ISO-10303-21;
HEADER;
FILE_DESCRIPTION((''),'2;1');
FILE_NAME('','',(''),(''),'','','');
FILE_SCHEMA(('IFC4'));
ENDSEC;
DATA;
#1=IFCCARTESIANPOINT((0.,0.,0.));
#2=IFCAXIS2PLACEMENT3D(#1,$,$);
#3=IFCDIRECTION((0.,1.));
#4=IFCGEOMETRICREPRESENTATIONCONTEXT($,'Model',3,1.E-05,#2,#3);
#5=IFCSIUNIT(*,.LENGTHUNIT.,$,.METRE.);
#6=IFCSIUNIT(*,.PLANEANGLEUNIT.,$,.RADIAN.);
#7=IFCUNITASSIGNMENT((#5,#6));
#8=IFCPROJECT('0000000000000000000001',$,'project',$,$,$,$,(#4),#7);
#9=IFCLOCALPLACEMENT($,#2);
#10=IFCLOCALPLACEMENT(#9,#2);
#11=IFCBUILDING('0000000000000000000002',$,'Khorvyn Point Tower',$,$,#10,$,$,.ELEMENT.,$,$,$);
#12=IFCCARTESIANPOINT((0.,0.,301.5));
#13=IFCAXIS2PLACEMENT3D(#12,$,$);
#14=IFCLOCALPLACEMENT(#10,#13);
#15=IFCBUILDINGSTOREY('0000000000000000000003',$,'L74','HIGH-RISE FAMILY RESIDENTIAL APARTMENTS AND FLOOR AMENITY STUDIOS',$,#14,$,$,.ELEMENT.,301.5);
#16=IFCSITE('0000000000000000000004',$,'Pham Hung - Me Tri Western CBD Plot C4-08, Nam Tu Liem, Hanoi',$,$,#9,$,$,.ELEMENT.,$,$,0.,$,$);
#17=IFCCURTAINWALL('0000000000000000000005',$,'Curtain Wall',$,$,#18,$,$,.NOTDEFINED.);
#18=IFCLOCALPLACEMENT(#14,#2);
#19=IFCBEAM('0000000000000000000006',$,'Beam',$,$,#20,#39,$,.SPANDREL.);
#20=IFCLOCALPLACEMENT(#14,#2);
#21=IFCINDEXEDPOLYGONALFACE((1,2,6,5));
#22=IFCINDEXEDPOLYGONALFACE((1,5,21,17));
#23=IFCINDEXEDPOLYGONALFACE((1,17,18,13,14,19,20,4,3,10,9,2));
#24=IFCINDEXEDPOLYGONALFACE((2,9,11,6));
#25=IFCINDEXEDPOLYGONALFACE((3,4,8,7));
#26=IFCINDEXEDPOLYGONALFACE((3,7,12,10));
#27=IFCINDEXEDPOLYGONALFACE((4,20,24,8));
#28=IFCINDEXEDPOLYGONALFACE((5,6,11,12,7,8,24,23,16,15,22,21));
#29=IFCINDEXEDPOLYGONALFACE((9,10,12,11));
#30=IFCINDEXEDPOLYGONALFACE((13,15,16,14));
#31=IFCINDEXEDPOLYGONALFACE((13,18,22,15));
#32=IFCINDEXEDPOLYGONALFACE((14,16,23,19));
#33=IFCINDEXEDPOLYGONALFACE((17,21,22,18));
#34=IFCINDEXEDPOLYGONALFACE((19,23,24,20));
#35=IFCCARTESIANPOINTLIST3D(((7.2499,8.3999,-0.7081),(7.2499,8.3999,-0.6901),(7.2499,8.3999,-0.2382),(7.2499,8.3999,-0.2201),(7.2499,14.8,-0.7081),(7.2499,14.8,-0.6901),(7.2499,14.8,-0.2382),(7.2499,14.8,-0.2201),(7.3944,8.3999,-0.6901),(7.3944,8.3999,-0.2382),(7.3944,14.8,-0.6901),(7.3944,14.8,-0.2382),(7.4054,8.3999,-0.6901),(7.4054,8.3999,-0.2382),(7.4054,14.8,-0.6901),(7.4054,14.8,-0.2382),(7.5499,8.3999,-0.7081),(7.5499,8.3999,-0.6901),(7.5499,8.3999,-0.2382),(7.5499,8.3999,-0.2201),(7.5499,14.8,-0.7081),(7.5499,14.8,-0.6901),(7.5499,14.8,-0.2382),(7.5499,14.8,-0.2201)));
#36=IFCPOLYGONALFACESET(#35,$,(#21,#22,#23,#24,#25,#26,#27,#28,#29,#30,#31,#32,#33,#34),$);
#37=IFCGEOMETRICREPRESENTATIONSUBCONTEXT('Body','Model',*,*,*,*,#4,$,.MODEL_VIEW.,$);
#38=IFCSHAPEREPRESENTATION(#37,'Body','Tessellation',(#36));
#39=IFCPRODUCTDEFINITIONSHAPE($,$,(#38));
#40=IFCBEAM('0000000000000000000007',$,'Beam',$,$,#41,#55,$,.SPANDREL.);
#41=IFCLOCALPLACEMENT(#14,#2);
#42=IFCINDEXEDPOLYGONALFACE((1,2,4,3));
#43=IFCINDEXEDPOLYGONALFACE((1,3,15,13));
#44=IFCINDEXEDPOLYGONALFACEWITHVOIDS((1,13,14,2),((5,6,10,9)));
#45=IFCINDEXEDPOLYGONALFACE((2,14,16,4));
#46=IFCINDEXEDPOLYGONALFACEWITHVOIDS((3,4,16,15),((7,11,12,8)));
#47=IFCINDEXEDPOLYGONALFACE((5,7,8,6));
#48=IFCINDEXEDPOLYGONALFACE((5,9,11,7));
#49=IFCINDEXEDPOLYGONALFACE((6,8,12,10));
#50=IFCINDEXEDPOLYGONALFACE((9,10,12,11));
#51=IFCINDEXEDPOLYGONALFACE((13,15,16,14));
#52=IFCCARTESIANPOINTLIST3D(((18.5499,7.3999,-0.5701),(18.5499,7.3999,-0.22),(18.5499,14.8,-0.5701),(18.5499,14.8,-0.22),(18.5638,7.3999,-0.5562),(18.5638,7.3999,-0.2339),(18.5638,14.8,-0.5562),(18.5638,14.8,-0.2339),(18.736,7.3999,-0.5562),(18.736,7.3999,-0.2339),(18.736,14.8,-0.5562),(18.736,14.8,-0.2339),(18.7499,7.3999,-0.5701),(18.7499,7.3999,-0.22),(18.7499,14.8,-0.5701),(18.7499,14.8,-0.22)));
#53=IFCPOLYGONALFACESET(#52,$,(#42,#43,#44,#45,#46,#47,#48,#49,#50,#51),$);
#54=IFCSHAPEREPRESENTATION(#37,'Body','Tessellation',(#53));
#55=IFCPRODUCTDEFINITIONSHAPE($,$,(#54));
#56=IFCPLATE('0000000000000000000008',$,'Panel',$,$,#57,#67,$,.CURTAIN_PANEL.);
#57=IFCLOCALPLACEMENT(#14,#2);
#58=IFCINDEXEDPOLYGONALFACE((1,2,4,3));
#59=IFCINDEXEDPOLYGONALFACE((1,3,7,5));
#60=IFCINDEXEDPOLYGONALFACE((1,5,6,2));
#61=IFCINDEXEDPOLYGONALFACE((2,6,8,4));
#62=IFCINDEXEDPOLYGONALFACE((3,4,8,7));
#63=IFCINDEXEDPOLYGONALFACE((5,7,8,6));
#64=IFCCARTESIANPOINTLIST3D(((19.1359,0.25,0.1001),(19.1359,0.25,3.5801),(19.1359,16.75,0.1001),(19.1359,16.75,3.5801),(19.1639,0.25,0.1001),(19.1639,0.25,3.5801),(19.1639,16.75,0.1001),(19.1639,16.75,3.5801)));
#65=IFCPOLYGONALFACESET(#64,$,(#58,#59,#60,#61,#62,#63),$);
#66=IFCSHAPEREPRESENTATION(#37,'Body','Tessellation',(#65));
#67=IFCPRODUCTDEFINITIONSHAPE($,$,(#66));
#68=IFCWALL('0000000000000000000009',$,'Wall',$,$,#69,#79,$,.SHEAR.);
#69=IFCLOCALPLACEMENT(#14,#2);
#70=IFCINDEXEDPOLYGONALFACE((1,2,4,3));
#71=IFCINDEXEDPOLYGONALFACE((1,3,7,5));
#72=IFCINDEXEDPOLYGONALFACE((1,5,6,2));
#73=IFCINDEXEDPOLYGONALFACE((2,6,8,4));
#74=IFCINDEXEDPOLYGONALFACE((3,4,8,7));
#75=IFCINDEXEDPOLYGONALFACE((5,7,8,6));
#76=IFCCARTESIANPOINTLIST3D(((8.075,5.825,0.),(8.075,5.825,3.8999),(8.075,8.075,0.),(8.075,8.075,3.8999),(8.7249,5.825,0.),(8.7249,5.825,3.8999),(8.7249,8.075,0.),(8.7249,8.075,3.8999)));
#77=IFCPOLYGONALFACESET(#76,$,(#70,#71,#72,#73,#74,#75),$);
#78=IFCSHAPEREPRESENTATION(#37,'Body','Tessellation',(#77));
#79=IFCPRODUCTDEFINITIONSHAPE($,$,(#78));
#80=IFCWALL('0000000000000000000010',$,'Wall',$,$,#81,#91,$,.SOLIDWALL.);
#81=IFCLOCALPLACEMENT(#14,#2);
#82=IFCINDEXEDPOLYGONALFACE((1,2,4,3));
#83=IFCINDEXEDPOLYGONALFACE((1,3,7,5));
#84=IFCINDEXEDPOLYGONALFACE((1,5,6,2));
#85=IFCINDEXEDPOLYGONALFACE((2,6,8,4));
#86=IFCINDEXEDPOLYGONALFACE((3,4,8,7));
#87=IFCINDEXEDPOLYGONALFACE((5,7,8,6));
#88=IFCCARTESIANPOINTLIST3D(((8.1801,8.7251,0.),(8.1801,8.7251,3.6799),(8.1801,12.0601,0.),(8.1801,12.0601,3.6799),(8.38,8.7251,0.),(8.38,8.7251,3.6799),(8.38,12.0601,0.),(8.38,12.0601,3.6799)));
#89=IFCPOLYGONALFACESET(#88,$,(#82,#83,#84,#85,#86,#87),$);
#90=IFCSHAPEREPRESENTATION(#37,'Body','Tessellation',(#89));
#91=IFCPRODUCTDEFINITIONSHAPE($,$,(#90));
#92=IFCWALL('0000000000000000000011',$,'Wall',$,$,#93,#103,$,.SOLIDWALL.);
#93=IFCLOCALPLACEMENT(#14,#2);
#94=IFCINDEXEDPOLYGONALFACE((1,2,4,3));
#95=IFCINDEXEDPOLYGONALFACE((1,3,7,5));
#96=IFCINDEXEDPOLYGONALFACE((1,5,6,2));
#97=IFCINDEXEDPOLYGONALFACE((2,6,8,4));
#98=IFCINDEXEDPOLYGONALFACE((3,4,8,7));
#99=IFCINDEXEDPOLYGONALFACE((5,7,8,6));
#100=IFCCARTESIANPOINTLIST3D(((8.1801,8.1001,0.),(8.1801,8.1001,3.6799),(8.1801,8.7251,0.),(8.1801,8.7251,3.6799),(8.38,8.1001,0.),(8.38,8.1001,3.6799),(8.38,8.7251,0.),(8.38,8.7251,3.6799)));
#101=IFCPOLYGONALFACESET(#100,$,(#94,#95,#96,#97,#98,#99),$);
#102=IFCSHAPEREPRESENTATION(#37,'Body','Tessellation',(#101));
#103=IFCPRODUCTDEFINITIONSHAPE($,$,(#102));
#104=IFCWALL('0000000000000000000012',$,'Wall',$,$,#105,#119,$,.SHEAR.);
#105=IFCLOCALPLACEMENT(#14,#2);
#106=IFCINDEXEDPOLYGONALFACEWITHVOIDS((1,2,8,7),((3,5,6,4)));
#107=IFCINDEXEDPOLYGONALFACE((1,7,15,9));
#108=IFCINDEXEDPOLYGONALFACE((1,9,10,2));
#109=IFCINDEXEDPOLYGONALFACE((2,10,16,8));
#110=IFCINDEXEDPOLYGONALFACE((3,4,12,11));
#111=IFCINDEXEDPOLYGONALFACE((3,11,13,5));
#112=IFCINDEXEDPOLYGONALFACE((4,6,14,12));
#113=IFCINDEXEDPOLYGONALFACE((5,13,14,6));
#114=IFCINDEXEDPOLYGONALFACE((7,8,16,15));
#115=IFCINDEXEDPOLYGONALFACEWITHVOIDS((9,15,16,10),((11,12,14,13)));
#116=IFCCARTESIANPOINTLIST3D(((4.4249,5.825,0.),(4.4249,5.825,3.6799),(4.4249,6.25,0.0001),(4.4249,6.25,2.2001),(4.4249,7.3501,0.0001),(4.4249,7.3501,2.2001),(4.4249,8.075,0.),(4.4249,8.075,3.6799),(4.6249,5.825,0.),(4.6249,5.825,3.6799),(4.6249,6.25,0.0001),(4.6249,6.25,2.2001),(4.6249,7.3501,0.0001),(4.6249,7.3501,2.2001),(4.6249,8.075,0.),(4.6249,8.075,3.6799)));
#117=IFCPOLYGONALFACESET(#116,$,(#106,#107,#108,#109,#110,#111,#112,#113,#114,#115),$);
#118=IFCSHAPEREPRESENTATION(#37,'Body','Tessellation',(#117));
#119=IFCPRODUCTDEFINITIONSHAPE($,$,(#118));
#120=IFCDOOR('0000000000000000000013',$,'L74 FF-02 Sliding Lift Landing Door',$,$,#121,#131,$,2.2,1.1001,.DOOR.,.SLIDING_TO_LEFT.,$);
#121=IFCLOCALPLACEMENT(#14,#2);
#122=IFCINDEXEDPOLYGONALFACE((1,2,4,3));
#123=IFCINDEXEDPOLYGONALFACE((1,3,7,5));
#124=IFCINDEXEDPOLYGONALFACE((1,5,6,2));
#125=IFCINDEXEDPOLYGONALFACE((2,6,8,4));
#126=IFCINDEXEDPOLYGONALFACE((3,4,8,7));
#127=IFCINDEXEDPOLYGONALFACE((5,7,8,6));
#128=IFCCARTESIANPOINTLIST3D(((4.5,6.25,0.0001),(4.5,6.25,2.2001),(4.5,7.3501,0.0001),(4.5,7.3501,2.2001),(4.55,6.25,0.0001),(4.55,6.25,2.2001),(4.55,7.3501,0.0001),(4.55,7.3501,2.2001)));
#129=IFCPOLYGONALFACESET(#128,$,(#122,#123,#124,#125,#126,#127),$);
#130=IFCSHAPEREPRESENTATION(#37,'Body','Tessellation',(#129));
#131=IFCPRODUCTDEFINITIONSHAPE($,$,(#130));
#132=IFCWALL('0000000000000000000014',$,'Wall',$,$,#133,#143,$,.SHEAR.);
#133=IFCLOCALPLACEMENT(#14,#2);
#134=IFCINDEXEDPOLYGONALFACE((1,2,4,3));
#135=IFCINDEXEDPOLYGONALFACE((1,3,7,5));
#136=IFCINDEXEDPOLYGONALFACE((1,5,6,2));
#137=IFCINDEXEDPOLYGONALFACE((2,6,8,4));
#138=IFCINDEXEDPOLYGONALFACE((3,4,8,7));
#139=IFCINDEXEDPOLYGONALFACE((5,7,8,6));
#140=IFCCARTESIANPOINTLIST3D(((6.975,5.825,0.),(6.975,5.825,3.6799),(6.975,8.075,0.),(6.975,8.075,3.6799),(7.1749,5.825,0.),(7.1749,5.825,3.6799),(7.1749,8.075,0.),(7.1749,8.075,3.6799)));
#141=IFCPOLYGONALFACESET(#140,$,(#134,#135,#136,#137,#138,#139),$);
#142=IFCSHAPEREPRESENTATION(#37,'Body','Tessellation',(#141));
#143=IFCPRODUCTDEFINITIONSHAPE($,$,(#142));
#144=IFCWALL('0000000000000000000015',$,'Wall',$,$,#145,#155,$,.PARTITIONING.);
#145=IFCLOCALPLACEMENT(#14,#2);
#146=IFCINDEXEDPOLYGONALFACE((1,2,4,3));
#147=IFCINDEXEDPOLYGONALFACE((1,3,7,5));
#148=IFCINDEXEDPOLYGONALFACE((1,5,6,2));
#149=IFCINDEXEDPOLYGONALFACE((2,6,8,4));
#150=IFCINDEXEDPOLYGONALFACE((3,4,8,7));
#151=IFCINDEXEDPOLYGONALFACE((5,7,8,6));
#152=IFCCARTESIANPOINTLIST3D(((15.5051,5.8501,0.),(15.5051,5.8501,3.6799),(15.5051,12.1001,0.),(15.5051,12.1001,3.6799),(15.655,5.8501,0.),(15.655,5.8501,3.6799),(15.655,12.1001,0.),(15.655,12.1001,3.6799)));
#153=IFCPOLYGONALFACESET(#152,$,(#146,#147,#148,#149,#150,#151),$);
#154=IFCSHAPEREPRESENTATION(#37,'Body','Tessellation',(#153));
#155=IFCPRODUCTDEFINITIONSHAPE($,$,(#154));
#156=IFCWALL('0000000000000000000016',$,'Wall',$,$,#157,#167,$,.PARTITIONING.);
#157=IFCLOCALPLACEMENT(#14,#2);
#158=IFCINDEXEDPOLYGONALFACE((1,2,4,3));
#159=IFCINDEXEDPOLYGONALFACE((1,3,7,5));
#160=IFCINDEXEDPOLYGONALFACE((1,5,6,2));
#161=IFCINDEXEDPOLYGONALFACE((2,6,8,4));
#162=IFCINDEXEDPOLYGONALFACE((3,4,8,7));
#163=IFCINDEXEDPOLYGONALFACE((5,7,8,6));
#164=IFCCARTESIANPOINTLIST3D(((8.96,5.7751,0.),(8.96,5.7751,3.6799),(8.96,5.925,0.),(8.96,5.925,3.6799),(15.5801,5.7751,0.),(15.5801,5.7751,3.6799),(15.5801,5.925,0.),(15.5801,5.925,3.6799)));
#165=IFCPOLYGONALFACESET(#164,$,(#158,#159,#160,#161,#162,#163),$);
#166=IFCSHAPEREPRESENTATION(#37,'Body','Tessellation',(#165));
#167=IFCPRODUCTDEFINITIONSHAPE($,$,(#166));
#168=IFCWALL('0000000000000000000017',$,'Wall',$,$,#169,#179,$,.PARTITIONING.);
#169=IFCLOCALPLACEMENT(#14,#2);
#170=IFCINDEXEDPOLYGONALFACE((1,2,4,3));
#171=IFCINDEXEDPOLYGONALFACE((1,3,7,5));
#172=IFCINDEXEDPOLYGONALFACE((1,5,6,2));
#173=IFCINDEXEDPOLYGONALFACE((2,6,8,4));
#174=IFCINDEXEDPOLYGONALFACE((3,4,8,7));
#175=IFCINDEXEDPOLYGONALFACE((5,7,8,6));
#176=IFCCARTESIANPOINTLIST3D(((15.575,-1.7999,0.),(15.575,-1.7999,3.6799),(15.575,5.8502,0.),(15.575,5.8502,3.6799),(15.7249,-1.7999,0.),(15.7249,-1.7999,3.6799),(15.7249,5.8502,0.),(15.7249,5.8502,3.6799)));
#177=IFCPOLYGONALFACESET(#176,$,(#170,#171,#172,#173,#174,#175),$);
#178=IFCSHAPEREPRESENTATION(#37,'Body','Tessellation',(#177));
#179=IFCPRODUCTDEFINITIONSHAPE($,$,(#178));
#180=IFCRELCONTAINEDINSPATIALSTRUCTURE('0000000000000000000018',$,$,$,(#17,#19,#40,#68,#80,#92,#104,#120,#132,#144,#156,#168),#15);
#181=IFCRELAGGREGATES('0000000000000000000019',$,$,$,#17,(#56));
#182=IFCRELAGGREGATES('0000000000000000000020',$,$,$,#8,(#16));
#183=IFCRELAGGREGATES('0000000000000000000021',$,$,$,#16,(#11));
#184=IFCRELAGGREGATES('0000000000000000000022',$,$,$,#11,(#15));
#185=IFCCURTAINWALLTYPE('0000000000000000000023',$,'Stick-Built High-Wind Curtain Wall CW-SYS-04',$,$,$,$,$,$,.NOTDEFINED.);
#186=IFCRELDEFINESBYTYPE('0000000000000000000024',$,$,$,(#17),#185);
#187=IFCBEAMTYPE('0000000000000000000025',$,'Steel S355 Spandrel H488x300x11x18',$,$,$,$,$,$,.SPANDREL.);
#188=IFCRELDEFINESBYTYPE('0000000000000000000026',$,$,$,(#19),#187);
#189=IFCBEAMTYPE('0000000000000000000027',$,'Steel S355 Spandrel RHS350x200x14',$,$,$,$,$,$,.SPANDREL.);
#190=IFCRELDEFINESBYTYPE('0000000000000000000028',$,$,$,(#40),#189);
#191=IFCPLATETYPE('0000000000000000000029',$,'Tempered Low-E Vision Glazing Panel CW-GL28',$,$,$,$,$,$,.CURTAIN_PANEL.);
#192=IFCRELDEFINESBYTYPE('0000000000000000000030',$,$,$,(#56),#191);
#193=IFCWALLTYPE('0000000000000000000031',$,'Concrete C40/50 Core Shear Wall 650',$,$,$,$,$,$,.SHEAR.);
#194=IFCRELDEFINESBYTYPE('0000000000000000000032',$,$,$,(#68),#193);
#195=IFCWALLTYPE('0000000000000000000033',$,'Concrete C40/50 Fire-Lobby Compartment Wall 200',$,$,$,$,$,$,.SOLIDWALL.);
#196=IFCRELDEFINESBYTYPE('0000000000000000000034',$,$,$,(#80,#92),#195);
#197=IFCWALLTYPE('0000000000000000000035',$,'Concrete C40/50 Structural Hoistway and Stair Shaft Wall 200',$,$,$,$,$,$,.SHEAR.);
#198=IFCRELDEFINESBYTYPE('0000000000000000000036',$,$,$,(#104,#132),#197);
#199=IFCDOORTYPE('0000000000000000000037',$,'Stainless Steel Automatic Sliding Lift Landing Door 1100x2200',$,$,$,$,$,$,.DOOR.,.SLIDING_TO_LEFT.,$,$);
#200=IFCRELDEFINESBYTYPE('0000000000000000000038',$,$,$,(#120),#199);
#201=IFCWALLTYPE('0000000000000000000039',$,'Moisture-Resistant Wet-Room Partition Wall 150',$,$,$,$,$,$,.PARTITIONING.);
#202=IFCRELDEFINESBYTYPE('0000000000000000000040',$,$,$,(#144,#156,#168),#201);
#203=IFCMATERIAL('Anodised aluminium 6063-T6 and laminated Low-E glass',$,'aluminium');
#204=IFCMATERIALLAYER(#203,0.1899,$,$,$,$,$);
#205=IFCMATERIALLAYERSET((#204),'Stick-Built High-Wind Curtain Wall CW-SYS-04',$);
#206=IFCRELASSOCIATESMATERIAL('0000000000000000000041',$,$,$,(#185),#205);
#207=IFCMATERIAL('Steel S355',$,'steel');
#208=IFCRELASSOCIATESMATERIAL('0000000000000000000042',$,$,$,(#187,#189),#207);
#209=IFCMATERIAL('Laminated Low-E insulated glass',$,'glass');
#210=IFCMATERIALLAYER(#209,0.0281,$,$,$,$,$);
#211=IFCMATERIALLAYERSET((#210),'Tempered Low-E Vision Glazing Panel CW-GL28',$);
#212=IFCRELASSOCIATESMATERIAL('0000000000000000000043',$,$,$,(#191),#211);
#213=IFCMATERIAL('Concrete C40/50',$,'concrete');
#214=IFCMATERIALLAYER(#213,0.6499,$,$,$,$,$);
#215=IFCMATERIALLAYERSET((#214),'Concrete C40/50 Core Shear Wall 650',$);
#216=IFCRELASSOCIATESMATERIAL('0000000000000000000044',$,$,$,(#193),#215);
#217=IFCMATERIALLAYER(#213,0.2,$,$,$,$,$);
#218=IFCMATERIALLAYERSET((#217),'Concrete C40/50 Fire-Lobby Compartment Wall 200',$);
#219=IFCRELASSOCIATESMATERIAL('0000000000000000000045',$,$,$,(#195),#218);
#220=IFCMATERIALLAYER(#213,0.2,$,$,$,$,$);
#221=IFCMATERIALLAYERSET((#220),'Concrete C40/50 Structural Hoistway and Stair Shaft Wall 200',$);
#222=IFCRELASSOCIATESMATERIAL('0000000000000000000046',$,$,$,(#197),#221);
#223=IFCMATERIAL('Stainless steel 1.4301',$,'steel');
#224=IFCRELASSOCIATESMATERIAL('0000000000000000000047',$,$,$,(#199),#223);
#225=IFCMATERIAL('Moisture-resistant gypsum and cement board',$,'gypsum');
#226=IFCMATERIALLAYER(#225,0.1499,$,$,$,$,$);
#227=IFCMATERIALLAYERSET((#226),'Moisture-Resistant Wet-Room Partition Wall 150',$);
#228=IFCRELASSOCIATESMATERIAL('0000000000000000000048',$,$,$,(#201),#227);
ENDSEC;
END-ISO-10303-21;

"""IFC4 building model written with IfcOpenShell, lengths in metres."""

from ifc_helpers import new_model, si_unit, direction, frame, frame_2d, origin, origin_2d, place, context, subcontext, project, spatial, rectangle, hollow_rectangle, i_section, extrude, material, layer, layer_set, material_profile, profile_set, type_object, element, fill, aggregate, save


model = new_model("IFC4")

# Units and contexts
model_context = context("Model", 3, precision=1e-05, world=origin(), true_north=direction((0.0, 1.0)))
body_context = subcontext(model_context, "Body", "Model", "MODEL_VIEW")
ifc_project = project(units=[si_unit("LENGTHUNIT", "METRE"), si_unit("PLANEANGLEUNIT", "RADIAN")], contexts=[model_context])

# Site, building, storey
site_placement = place(None, origin())
site = spatial("IfcSite", under=ifc_project, at=site_placement, Name="Pham Hung - Me Tri Western CBD Plot C4-08, Nam Tu Liem, Hanoi", CompositionType="ELEMENT", RefElevation=0.0)
building_placement = place(site_placement, origin())
building = spatial("IfcBuilding", under=site, at=building_placement, Name="Khorvyn Point Tower", CompositionType="ELEMENT")
storey_placement = place(building_placement, frame((0.0, 0.0, 301.5)))
storey = spatial("IfcBuildingStorey", under=building, at=storey_placement, Name="L74", Description="HIGH-RISE FAMILY RESIDENTIAL APARTMENTS AND FLOOR AMENITY STUDIOS", CompositionType="ELEMENT", Elevation=301.5)

# Shared definitions
ifc_material_1 = material(Name="Concrete C40/50", Category="concrete")
ifc_material_2 = material(Name="Steel S355", Category="steel")

# Curtain wall
ifc_material_3 = material(Name="Anodised aluminium 6063-T6 and laminated Low-E glass", Category="aluminium")
ifc_layer_1 = layer(ifc_material_3, 0.1899)
ifc_layer_set_1 = layer_set([ifc_layer_1], Name="Stick-Built High-Wind Curtain Wall CW-SYS-04")
curtain_wall_type = type_object("IfcCurtainWallType", Name="Stick-Built High-Wind Curtain Wall CW-SYS-04", PredefinedType="NOTDEFINED", material=ifc_layer_set_1)
curtain_wall_placement = place(storey_placement, origin())
curtain_wall = element("IfcCurtainWall", 1, at=curtain_wall_placement, inside=storey, type_object=curtain_wall_type, Name="Curtain Wall", PredefinedType="NOTDEFINED")

# Beams
ifc_material_profile_1 = material_profile(ifc_material_2, i_section(OverallWidth=0.3, OverallDepth=0.488, WebThickness=0.011, FlangeThickness=0.0181, at=origin_2d()))
ifc_profile_set_1 = profile_set([ifc_material_profile_1], Name="Steel S355 H488x300x11x18")
beam_type_1 = type_object("IfcBeamType", Name="Steel S355 Spandrel H488x300x11x18", PredefinedType="SPANDREL", material=ifc_profile_set_1)
beam_1_placement = place(storey_placement, frame((7.3999, 8.3999, -0.4641), z_axis=(0.0, 1.0, 0.0), x_axis=(-1.0, 0.0, 0.0)))
element("IfcBeam", 2, at=beam_1_placement, inside=storey, type_object=beam_type_1, Name="Beam", PredefinedType="SPANDREL", context=body_context, shape_type="SweptSolid", body=[
    extrude(i_section(OverallWidth=0.3, OverallDepth=0.488, WebThickness=0.011, FlangeThickness=0.0181, at=origin_2d()), origin(), (0.0, 0.0, 1.0), 6.4001),
])
ifc_material_profile_2 = material_profile(ifc_material_2, hollow_rectangle(XDim=0.2, YDim=0.3501, WallThickness=0.0139, at=origin_2d()))
ifc_profile_set_2 = profile_set([ifc_material_profile_2], Name="Steel S355 RHS350x200x14")
beam_type_2 = type_object("IfcBeamType", Name="Steel S355 Spandrel RHS350x200x14", PredefinedType="SPANDREL", material=ifc_profile_set_2)
beam_2_placement = place(storey_placement, frame((18.6499, 7.3999, -0.395), z_axis=(0.0, 1.0, 0.0), x_axis=(-1.0, 0.0, 0.0)))
element("IfcBeam", 3, at=beam_2_placement, inside=storey, type_object=beam_type_2, Name="Beam", PredefinedType="SPANDREL", context=body_context, shape_type="SweptSolid", body=[
    extrude(hollow_rectangle(XDim=0.2, YDim=0.3501, WallThickness=0.0139, at=origin_2d()), origin(), (0.0, 0.0, 1.0), 7.4001),
])

# Plate
ifc_material_4 = material(Name="Laminated Low-E insulated glass", Category="glass")
ifc_layer_2 = layer(ifc_material_4, 0.0281)
ifc_layer_set_2 = layer_set([ifc_layer_2], Name="Tempered Low-E Vision Glazing Panel CW-GL28")
plate_type = type_object("IfcPlateType", Name="Tempered Low-E Vision Glazing Panel CW-GL28", PredefinedType="CURTAIN_PANEL", material=ifc_layer_set_2)
plate_placement = place(storey_placement, frame((19.1499, 8.5, 0.1001), z_axis=(0.0, 0.0, 1.0), x_axis=(0.0, -1.0, 0.0)))
plate = element("IfcPlate", 4, at=plate_placement, type_object=plate_type, Name="Panel", PredefinedType="CURTAIN_PANEL", context=body_context, shape_type="SweptSolid", body=[
    extrude(rectangle(XDim=16.5, YDim=0.0281, at=origin_2d()), origin(), (0.0, 0.0, 1.0), 3.48),
])
aggregate(curtain_wall, [plate])

# Walls
ifc_layer_3 = layer(ifc_material_1, 0.6499)
ifc_layer_set_3 = layer_set([ifc_layer_3], Name="Concrete C40/50 Core Shear Wall 650")
wall_type_1 = type_object("IfcWallType", Name="Concrete C40/50 Core Shear Wall 650", PredefinedType="SHEAR", material=ifc_layer_set_3)
wall_1_placement = place(storey_placement, frame((8.3999, 5.825, 0.0), z_axis=(0.0, 0.0, 1.0), x_axis=(0.0, 1.0, 0.0)))
element("IfcWall", 5, at=wall_1_placement, inside=storey, type_object=wall_type_1, Name="Wall", PredefinedType="SHEAR", context=body_context, shape_type="SweptSolid", body=[
    extrude(rectangle(XDim=2.25, YDim=0.6499, at=frame_2d((1.125, 0.0))), origin(), (0.0, 0.0, 1.0), 3.8999),
])
ifc_layer_4 = layer(ifc_material_1, 0.2)
ifc_layer_set_4 = layer_set([ifc_layer_4], Name="Concrete C40/50 Fire-Lobby Compartment Wall 200")
wall_type_2 = type_object("IfcWallType", Name="Concrete C40/50 Fire-Lobby Compartment Wall 200", PredefinedType="SOLIDWALL", material=ifc_layer_set_4)
wall_2_placement = place(storey_placement, frame((8.28, 8.7251, 0.0), z_axis=(0.0, 0.0, 1.0), x_axis=(0.0, 1.0, 0.0)))
element("IfcWall", 6, at=wall_2_placement, inside=storey, type_object=wall_type_2, Name="Wall", PredefinedType="SOLIDWALL", context=body_context, shape_type="SweptSolid", body=[
    extrude(rectangle(XDim=3.335, YDim=0.2, at=frame_2d((1.6675, 0.0))), origin(), (0.0, 0.0, 1.0), 3.6799),
])
wall_3_placement = place(storey_placement, frame((8.28, 8.1001, 0.0), z_axis=(0.0, 0.0, 1.0), x_axis=(0.0, 1.0, 0.0)))
element("IfcWall", 7, at=wall_3_placement, inside=storey, type_object=wall_type_2, Name="Wall", PredefinedType="SOLIDWALL", context=body_context, shape_type="SweptSolid", body=[
    extrude(rectangle(XDim=0.625, YDim=0.2, at=frame_2d((0.3125, 0.0))), origin(), (0.0, 0.0, 1.0), 3.6799),
])

# Wall, opening, door
ifc_layer_5 = layer(ifc_material_1, 0.2)
ifc_layer_set_5 = layer_set([ifc_layer_5], Name="Concrete C40/50 Structural Hoistway and Stair Shaft Wall 200")
wall_type_3 = type_object("IfcWallType", Name="Concrete C40/50 Structural Hoistway and Stair Shaft Wall 200", PredefinedType="SHEAR", material=ifc_layer_set_5)
wall_4_placement = place(storey_placement, frame((4.5249, 5.825, 0.0), z_axis=(0.0, 0.0, 1.0), x_axis=(0.0, 1.0, 0.0)))
wall_4 = element("IfcWall", 8, at=wall_4_placement, inside=storey, type_object=wall_type_3, Name="Wall", PredefinedType="SHEAR", context=body_context, shape_type="SweptSolid", body=[
    extrude(rectangle(XDim=2.25, YDim=0.2, at=frame_2d((1.125, 0.0))), origin(), (0.0, 0.0, 1.0), 3.6799),
])
opening_placement = place(wall_4_placement, frame((0.425, 0.0, 0.0)))
opening = element("IfcOpeningElement", 9, at=opening_placement, cuts=wall_4, PredefinedType="OPENING", context=body_context, shape_type="SweptSolid", body=[
    extrude(rectangle(XDim=1.1001, YDim=2.2, at=frame_2d((0.55, 1.1001))), frame((0.0, 0.1099, 0.0), z_axis=(0.0, -1.0, 0.0), x_axis=(1.0, 0.0, 0.0)), (0.0, 0.0, 1.0), 0.22),
])
ifc_material_5 = material(Name="Stainless steel 1.4301", Category="steel")
door_type = type_object("IfcDoorType", Name="Stainless Steel Automatic Sliding Lift Landing Door 1100x2200", OperationType="SLIDING_TO_LEFT", PredefinedType="DOOR", material=ifc_material_5)
door_placement = place(opening_placement, origin())
door = element("IfcDoor", 10, at=door_placement, inside=storey, type_object=door_type, Name="L74 FF-02 Sliding Lift Landing Door", OperationType="SLIDING_TO_LEFT", OverallHeight=2.2, OverallWidth=1.1001, PredefinedType="DOOR", context=body_context, shape_type="SweptSolid", body=[
    extrude(rectangle(XDim=1.1001, YDim=2.2, at=frame_2d((0.55, 1.1001))), frame((0.0, 0.0249, 0.0), z_axis=(0.0, -1.0, 0.0), x_axis=(1.0, 0.0, 0.0)), (0.0, 0.0, 1.0), 0.05),
])
fill(opening, door)

# Walls
wall_5_placement = place(storey_placement, frame((7.075, 5.825, 0.0), z_axis=(0.0, 0.0, 1.0), x_axis=(0.0, 1.0, 0.0)))
element("IfcWall", 11, at=wall_5_placement, inside=storey, type_object=wall_type_3, Name="Wall", PredefinedType="SHEAR", context=body_context, shape_type="SweptSolid", body=[
    extrude(rectangle(XDim=2.25, YDim=0.2, at=frame_2d((1.125, 0.0))), origin(), (0.0, 0.0, 1.0), 3.6799),
])
ifc_material_6 = material(Name="Moisture-resistant gypsum and cement board", Category="gypsum")
ifc_layer_6 = layer(ifc_material_6, 0.1499)
ifc_layer_set_6 = layer_set([ifc_layer_6], Name="Moisture-Resistant Wet-Room Partition Wall 150")
wall_type_4 = type_object("IfcWallType", Name="Moisture-Resistant Wet-Room Partition Wall 150", PredefinedType="PARTITIONING", material=ifc_layer_set_6)
wall_6_placement = place(storey_placement, frame((15.5801, 5.8501, 0.0), z_axis=(0.0, 0.0, 1.0), x_axis=(0.0, 1.0, 0.0)))
element("IfcWall", 12, at=wall_6_placement, inside=storey, type_object=wall_type_4, Name="Wall", PredefinedType="PARTITIONING", context=body_context, shape_type="SweptSolid", body=[
    extrude(rectangle(XDim=6.25, YDim=0.1499, at=frame_2d((3.125, 0.0))), origin(), (0.0, 0.0, 1.0), 3.6799),
])
wall_7_placement = place(storey_placement, frame((8.96, 5.8501, 0.0), z_axis=(0.0, 0.0, 1.0), x_axis=(1.0, 0.0, 0.0)))
element("IfcWall", 13, at=wall_7_placement, inside=storey, type_object=wall_type_4, Name="Wall", PredefinedType="PARTITIONING", context=body_context, shape_type="SweptSolid", body=[
    extrude(rectangle(XDim=6.6201, YDim=0.1499, at=frame_2d((3.3101, 0.0))), origin(), (0.0, 0.0, 1.0), 3.6799),
])
wall_8_placement = place(storey_placement, frame((15.6499, -1.8, 0.0), z_axis=(0.0, 0.0, 1.0), x_axis=(0.0, 1.0, 0.0)))
element("IfcWall", 14, at=wall_8_placement, inside=storey, type_object=wall_type_4, Name="Wall", PredefinedType="PARTITIONING", context=body_context, shape_type="SweptSolid", body=[
    extrude(rectangle(XDim=7.6501, YDim=0.1499, at=frame_2d((3.8252, 0.0))), origin(), (0.0, 0.0, 1.0), 3.6799),
])

save(model, "model.ifc")
